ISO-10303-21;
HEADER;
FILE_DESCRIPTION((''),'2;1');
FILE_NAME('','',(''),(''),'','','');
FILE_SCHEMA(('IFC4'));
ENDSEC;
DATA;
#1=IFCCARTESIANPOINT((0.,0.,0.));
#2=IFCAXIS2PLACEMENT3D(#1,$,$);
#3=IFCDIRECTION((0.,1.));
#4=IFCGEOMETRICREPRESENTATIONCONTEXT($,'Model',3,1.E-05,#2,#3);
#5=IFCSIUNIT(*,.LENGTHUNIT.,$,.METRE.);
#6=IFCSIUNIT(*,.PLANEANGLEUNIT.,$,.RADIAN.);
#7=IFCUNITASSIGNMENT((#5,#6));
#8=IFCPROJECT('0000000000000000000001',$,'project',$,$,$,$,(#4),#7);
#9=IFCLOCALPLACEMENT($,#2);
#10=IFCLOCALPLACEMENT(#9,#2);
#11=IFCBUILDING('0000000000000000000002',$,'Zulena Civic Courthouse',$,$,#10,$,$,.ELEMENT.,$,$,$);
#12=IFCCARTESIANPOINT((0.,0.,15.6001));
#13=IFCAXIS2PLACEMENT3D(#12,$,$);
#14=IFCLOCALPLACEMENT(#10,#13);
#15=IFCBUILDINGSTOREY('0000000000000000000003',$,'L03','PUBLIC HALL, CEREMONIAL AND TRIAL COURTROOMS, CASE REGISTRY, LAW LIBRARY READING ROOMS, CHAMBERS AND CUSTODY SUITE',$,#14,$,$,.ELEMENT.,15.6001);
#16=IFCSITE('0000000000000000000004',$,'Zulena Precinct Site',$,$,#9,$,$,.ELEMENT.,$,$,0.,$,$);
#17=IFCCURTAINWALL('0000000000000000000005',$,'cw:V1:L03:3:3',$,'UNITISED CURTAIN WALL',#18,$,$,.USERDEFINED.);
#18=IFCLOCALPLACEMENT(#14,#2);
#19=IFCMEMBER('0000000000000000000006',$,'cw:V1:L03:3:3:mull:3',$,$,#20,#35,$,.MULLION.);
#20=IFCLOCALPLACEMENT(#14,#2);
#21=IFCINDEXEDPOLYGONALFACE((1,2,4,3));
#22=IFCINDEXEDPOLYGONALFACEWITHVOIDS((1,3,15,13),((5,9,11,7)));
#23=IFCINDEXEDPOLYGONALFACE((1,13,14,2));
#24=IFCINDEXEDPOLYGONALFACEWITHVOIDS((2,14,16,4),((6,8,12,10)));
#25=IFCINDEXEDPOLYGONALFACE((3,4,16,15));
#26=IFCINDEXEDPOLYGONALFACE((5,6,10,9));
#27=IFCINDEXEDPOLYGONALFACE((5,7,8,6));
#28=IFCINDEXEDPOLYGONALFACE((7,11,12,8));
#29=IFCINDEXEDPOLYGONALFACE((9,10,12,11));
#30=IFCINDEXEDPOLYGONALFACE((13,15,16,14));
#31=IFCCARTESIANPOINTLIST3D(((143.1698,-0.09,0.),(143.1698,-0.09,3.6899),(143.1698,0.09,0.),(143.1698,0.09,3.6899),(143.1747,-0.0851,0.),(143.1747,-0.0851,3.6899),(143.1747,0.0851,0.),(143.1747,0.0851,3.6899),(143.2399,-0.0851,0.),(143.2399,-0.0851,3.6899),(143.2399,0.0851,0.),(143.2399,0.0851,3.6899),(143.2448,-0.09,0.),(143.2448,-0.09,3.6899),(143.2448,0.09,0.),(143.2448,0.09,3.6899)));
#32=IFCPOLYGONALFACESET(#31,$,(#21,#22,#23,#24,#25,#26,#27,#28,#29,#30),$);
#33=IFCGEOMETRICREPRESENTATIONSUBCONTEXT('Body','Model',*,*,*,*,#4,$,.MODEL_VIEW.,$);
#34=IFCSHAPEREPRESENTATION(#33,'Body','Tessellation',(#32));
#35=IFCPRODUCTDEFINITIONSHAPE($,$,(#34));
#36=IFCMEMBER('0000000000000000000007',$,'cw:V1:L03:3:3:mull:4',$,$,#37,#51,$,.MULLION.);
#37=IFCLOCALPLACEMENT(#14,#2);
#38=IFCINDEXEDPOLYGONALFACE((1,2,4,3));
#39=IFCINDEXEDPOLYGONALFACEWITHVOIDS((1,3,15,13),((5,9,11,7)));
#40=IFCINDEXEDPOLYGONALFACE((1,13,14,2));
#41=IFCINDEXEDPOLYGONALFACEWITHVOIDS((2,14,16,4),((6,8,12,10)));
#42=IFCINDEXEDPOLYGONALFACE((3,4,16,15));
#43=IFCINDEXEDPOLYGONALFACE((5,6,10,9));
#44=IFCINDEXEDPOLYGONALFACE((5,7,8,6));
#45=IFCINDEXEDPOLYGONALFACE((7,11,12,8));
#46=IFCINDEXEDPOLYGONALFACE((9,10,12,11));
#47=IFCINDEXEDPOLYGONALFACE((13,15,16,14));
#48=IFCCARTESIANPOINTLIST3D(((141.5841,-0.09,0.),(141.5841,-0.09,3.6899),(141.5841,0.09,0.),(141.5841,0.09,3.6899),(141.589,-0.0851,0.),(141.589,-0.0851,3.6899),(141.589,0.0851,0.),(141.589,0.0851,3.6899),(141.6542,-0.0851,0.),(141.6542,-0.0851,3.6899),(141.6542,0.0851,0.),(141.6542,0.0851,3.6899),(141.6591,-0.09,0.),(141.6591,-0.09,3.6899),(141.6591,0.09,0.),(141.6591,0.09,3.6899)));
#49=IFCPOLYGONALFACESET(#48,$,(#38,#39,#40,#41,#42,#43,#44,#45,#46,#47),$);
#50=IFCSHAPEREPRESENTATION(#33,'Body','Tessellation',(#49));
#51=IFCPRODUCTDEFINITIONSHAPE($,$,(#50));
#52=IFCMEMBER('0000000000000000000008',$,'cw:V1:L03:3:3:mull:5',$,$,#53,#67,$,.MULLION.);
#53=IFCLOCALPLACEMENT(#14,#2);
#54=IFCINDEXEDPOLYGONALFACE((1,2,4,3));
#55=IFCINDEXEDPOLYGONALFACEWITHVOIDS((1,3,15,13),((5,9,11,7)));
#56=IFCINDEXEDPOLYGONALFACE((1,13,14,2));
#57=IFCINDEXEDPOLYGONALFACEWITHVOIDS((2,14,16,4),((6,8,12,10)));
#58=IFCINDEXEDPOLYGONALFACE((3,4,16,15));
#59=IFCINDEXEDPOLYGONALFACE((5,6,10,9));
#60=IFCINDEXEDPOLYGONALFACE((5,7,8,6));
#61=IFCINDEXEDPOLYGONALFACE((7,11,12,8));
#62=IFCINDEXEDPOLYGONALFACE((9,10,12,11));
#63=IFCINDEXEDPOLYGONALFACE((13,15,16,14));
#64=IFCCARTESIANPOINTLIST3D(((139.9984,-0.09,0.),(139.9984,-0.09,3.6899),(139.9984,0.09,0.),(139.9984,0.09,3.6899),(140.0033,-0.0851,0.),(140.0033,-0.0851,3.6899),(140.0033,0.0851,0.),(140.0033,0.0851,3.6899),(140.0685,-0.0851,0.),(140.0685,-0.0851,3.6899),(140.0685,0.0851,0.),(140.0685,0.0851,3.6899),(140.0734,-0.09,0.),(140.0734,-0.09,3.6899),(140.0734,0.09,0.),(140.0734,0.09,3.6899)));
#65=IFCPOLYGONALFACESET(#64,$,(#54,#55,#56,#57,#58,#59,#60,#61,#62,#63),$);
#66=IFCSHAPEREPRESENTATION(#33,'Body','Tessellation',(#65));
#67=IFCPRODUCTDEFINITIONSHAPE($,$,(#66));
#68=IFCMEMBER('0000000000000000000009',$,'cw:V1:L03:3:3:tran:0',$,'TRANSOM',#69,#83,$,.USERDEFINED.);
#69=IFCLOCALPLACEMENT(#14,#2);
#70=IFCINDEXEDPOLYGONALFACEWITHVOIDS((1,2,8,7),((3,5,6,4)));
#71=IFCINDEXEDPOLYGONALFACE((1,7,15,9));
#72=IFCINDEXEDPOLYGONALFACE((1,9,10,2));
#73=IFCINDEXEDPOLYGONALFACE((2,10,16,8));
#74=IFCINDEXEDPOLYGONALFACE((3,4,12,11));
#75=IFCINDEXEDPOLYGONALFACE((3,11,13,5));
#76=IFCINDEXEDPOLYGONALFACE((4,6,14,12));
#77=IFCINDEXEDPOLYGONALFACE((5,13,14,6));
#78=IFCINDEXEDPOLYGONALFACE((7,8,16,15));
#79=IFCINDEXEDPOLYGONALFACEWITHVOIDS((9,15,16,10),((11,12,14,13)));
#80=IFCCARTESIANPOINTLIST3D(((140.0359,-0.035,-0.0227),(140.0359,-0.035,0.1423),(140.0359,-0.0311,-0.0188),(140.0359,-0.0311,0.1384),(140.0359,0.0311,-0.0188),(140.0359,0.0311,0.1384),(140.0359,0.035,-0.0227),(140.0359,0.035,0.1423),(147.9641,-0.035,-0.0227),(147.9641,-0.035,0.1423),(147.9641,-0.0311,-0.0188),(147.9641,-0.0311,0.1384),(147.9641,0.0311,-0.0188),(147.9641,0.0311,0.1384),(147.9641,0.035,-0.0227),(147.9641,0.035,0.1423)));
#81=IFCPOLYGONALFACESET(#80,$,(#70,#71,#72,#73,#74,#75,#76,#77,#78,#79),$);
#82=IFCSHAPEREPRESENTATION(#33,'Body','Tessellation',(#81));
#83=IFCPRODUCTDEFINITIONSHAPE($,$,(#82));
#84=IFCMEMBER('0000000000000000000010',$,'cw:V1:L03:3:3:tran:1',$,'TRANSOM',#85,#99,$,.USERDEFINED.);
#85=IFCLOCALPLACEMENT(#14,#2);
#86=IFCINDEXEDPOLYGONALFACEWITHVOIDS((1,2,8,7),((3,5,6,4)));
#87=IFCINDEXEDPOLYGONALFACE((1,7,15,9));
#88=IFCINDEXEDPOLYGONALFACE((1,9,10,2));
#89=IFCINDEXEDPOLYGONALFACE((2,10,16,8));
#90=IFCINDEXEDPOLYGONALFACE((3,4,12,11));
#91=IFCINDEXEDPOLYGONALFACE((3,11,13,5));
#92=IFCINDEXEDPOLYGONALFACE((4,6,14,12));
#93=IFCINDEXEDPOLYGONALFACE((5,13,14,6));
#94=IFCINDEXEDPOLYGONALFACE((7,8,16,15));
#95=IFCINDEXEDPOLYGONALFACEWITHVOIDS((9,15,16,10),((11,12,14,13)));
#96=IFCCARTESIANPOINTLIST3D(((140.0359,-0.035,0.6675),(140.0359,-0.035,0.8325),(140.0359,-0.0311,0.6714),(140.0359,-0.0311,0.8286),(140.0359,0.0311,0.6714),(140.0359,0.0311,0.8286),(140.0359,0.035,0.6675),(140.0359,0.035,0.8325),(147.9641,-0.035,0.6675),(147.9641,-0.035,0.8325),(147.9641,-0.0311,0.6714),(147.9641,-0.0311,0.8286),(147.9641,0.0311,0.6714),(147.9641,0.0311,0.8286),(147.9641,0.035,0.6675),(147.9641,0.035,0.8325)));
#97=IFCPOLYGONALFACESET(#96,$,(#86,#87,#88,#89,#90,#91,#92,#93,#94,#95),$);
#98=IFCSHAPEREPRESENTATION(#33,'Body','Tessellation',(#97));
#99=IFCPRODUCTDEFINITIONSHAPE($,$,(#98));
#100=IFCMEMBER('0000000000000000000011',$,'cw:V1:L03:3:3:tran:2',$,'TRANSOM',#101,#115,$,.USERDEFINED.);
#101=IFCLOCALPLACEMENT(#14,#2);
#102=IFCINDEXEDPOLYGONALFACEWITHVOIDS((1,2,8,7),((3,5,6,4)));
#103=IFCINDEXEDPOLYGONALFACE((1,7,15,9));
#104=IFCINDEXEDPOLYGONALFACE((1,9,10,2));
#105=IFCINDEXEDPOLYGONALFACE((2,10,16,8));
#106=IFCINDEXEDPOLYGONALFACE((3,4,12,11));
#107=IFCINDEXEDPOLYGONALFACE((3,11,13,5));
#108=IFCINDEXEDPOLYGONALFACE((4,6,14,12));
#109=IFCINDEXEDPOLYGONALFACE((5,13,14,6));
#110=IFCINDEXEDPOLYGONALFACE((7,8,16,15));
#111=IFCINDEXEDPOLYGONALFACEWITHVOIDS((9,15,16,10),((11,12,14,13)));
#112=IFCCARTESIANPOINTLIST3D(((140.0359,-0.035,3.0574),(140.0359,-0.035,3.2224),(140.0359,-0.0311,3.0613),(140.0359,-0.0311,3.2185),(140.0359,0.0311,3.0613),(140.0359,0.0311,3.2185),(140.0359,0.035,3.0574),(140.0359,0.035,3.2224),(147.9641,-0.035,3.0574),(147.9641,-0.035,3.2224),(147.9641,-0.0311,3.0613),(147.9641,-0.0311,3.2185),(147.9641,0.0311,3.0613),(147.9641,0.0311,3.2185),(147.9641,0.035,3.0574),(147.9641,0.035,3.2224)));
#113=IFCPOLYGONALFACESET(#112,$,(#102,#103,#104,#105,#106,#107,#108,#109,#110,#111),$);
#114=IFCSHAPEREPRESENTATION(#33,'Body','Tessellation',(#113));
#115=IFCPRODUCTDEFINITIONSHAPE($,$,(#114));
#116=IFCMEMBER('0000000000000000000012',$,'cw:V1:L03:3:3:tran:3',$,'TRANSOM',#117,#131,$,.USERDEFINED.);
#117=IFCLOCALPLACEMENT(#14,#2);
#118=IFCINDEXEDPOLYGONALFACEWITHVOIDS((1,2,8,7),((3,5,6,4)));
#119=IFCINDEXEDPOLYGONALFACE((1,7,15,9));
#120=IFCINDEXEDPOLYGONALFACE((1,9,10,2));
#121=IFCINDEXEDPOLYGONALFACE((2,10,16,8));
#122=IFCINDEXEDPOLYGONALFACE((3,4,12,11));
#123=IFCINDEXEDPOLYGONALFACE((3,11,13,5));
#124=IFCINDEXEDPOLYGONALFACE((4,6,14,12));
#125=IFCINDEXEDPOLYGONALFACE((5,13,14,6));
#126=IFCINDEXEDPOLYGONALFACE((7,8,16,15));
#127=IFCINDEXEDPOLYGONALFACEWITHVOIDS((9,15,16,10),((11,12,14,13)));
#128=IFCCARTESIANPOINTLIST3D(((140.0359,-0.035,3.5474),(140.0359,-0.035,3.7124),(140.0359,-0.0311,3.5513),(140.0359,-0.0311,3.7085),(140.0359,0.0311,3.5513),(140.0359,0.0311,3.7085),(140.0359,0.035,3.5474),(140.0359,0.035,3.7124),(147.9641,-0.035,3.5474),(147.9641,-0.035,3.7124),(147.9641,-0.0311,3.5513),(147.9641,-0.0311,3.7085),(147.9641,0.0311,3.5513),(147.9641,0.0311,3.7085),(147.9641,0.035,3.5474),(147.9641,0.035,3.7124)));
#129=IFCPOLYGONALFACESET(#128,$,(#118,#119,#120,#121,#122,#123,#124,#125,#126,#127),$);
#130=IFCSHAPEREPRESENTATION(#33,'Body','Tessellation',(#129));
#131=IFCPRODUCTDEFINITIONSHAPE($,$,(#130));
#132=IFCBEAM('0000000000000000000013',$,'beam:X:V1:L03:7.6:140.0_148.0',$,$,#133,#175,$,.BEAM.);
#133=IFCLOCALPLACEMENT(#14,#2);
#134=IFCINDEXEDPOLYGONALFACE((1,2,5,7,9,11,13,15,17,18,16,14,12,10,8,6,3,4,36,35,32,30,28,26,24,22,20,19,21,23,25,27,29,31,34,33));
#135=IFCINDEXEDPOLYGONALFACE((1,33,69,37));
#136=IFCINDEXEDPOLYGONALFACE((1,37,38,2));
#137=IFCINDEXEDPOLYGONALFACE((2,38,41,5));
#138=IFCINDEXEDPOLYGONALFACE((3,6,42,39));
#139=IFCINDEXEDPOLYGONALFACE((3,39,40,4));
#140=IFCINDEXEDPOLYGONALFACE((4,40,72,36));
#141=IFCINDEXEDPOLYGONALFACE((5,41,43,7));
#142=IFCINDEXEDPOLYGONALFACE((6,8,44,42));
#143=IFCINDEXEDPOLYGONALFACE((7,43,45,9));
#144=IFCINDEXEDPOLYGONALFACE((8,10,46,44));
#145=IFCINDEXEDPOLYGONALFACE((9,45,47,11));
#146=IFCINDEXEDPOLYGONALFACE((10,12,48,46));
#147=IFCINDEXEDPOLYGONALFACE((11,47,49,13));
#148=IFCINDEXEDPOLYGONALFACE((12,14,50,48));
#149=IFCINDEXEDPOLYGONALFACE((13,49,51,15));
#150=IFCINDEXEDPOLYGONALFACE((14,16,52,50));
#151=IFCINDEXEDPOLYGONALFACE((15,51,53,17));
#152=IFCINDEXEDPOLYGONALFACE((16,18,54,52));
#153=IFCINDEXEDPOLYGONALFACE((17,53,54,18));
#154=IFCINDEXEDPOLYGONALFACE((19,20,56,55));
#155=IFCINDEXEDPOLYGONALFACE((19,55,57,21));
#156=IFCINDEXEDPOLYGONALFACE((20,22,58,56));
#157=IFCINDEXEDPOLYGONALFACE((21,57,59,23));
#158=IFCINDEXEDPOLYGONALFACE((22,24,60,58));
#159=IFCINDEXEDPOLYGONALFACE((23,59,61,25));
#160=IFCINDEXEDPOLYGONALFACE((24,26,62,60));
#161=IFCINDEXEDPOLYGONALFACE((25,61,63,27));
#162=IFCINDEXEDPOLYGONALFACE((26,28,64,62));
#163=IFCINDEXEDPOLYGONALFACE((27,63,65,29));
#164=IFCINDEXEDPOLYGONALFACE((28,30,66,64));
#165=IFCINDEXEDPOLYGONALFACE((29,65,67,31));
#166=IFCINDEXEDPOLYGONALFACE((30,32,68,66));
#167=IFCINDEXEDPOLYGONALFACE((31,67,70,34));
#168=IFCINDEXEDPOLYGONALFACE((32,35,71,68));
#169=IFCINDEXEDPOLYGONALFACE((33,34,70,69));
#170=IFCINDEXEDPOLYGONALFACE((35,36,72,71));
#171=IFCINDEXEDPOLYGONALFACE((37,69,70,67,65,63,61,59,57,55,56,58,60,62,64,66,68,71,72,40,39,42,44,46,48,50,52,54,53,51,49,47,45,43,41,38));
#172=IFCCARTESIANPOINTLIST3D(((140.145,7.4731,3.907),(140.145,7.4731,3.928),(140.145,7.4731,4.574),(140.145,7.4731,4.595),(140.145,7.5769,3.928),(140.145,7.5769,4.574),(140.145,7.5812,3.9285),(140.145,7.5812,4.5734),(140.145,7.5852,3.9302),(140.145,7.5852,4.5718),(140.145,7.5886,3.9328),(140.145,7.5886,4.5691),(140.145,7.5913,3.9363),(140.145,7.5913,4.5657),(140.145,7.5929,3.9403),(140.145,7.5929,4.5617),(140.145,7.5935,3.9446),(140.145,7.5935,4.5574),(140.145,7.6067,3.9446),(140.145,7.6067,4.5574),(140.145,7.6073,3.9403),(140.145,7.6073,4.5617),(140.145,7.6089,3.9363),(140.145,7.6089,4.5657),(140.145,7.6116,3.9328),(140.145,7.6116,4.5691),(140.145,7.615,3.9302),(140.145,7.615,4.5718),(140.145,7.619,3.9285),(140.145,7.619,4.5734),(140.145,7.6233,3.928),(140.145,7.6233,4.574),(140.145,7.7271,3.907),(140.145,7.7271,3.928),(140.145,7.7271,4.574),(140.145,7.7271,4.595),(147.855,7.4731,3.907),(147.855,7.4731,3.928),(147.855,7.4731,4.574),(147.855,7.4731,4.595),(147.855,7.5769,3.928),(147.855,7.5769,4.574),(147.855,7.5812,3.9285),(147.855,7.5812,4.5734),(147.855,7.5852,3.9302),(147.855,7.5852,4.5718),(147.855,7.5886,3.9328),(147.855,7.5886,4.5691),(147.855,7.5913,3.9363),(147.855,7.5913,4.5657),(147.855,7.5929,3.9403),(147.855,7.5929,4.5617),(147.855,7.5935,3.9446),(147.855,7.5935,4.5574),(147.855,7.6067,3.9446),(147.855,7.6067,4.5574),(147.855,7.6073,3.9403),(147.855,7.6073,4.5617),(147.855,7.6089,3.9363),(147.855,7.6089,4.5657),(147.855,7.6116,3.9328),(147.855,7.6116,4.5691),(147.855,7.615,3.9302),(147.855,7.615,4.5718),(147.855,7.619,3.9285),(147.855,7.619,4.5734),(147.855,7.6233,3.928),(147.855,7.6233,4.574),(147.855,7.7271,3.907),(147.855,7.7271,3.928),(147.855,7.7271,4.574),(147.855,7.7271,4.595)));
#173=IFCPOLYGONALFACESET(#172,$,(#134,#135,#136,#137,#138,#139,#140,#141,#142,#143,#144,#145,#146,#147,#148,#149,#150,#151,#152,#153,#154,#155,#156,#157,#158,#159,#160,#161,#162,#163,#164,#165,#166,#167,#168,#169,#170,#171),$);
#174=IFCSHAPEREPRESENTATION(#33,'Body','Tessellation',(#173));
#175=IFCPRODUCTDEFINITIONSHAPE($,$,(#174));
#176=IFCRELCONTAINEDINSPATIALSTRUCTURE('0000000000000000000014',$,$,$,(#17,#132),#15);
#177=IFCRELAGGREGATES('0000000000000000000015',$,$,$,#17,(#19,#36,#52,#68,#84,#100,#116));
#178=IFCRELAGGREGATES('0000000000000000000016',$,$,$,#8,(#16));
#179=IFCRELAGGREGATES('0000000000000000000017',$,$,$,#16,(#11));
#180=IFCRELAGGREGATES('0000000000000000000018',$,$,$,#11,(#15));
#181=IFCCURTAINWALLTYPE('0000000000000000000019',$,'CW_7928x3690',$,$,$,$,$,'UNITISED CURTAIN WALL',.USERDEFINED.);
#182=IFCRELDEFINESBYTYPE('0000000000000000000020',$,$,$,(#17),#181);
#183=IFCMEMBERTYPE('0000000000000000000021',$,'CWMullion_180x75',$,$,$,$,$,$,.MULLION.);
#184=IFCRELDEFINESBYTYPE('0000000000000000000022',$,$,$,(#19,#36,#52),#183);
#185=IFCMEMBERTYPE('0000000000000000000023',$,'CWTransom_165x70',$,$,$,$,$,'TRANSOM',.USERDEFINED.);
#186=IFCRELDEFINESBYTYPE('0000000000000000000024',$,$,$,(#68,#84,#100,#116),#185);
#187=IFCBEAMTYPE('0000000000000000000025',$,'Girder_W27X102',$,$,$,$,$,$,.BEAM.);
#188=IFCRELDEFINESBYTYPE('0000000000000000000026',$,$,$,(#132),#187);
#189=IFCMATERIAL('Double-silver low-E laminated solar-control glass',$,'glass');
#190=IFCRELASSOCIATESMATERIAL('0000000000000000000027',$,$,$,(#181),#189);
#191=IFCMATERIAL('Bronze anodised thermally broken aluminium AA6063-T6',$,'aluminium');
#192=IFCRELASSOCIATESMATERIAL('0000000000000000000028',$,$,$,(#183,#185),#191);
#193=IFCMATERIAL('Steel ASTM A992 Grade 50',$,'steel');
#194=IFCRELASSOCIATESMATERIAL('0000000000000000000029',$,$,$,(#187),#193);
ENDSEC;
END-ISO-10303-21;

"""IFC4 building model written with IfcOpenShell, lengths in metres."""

from ifc_helpers import new_model, si_unit, direction, frame, origin, origin_2d, place, context, subcontext, project, spatial, hollow_rectangle, i_section, extrude, material, material_profile, profile_set, type_object, element, aggregate, save


model = new_model("IFC4")

# Units and contexts
model_context = context("Model", 3, precision=1e-05, world=origin(), true_north=direction((0.0, 1.0)))
body_context = subcontext(model_context, "Body", "Model", "MODEL_VIEW")
ifc_project = project(units=[si_unit("LENGTHUNIT", "METRE"), si_unit("PLANEANGLEUNIT", "RADIAN")], contexts=[model_context])

# Site, building, storey
site_placement = place(None, origin())
site = spatial("IfcSite", under=ifc_project, at=site_placement, Name="Zulena Precinct Site", CompositionType="ELEMENT", RefElevation=0.0)
building_placement = place(site_placement, origin())
building = spatial("IfcBuilding", under=site, at=building_placement, Name="Zulena Civic Courthouse", CompositionType="ELEMENT")
storey_placement = place(building_placement, frame((0.0, 0.0, 15.6001)))
storey = spatial("IfcBuildingStorey", under=building, at=storey_placement, Name="L03", Description="PUBLIC HALL, CEREMONIAL AND TRIAL COURTROOMS, CASE REGISTRY, LAW LIBRARY READING ROOMS, CHAMBERS AND CUSTODY SUITE", CompositionType="ELEMENT", Elevation=15.6001)

# Shared definitions
ifc_material_1 = material(Name="Steel ASTM A992 Grade 50", Category="steel")

# Curtain wall, members
ifc_material_2 = material(Name="Double-silver low-E laminated solar-control glass", Category="glass")
curtain_wall_type = type_object("IfcCurtainWallType", Name="CW_7928x3690", ElementType="UNITISED CURTAIN WALL", PredefinedType="USERDEFINED", material=ifc_material_2)
curtain_wall_placement = place(storey_placement, origin())
curtain_wall = element("IfcCurtainWall", 1, at=curtain_wall_placement, inside=storey, type_object=curtain_wall_type, Name="cw:V1:L03:3:3", ObjectType="UNITISED CURTAIN WALL", PredefinedType="USERDEFINED")
ifc_material_3 = material(Name="Bronze anodised thermally broken aluminium AA6063-T6", Category="aluminium")
ifc_material_profile_1 = material_profile(ifc_material_3, hollow_rectangle(XDim=0.075, YDim=0.1799, WallThickness=0.0049, at=origin_2d()), Name="CWM180X75X5")
ifc_profile_set_1 = profile_set([ifc_material_profile_1], Name="Bronze anodised thermally broken aluminium AA6063-T6")
member_type_1 = type_object("IfcMemberType", Name="CWMullion_180x75", PredefinedType="MULLION", material=ifc_profile_set_1)
member_1_placement = place(storey_placement, frame((143.2073, 0.0, 0.0), z_axis=(0.0, 0.0, 1.0), x_axis=(1.0, 0.0, 0.0)))
member_1 = element("IfcMember", 2, at=member_1_placement, type_object=member_type_1, Name="cw:V1:L03:3:3:mull:3", PredefinedType="MULLION", context=body_context, shape_type="SweptSolid", body=[
    extrude(hollow_rectangle(XDim=0.075, YDim=0.1799, WallThickness=0.0049, at=origin_2d()), origin(), (0.0, 0.0, 1.0), 3.6899),
])
member_2_placement = place(storey_placement, frame((141.6216, 0.0, 0.0), z_axis=(0.0, 0.0, 1.0), x_axis=(1.0, 0.0, 0.0)))
member_2 = element("IfcMember", 3, at=member_2_placement, type_object=member_type_1, Name="cw:V1:L03:3:3:mull:4", PredefinedType="MULLION", context=body_context, shape_type="SweptSolid", body=[
    extrude(hollow_rectangle(XDim=0.075, YDim=0.1799, WallThickness=0.0049, at=origin_2d()), origin(), (0.0, 0.0, 1.0), 3.6899),
])
member_3_placement = place(storey_placement, frame((140.0359, 0.0, 0.0), z_axis=(0.0, 0.0, 1.0), x_axis=(1.0, 0.0, 0.0)))
member_3 = element("IfcMember", 4, at=member_3_placement, type_object=member_type_1, Name="cw:V1:L03:3:3:mull:5", PredefinedType="MULLION", context=body_context, shape_type="SweptSolid", body=[
    extrude(hollow_rectangle(XDim=0.075, YDim=0.1799, WallThickness=0.0049, at=origin_2d()), origin(), (0.0, 0.0, 1.0), 3.6899),
])
ifc_material_profile_2 = material_profile(ifc_material_3, hollow_rectangle(XDim=0.0701, YDim=0.165, WallThickness=0.0039, at=origin_2d()), Name="CWT165X70X4")
ifc_profile_set_2 = profile_set([ifc_material_profile_2], Name="Bronze anodised thermally broken aluminium AA6063-T6")
member_type_2 = type_object("IfcMemberType", Name="CWTransom_165x70", ElementType="TRANSOM", PredefinedType="USERDEFINED", material=ifc_profile_set_2)
member_4_placement = place(storey_placement, frame((147.9641, 0.0, 0.0598), z_axis=(-1.0, 0.0, 0.0), x_axis=(0.0, -1.0, 0.0)))
member_4 = element("IfcMember", 5, at=member_4_placement, type_object=member_type_2, Name="cw:V1:L03:3:3:tran:0", ObjectType="TRANSOM", PredefinedType="USERDEFINED", context=body_context, shape_type="SweptSolid", body=[
    extrude(hollow_rectangle(XDim=0.0701, YDim=0.165, WallThickness=0.0039, at=origin_2d()), origin(), (0.0, 0.0, 1.0), 7.9282),
])
member_5_placement = place(storey_placement, frame((147.9641, 0.0, 0.75), z_axis=(-1.0, 0.0, 0.0), x_axis=(0.0, -1.0, 0.0)))
member_5 = element("IfcMember", 6, at=member_5_placement, type_object=member_type_2, Name="cw:V1:L03:3:3:tran:1", ObjectType="TRANSOM", PredefinedType="USERDEFINED", context=body_context, shape_type="SweptSolid", body=[
    extrude(hollow_rectangle(XDim=0.0701, YDim=0.165, WallThickness=0.0039, at=origin_2d()), origin(), (0.0, 0.0, 1.0), 7.9282),
])
member_6_placement = place(storey_placement, frame((147.9641, 0.0, 3.1399), z_axis=(-1.0, 0.0, 0.0), x_axis=(0.0, -1.0, 0.0)))
member_6 = element("IfcMember", 7, at=member_6_placement, type_object=member_type_2, Name="cw:V1:L03:3:3:tran:2", ObjectType="TRANSOM", PredefinedType="USERDEFINED", context=body_context, shape_type="SweptSolid", body=[
    extrude(hollow_rectangle(XDim=0.0701, YDim=0.165, WallThickness=0.0039, at=origin_2d()), origin(), (0.0, 0.0, 1.0), 7.9282),
])
member_7_placement = place(storey_placement, frame((147.9641, 0.0, 3.6299), z_axis=(-1.0, 0.0, 0.0), x_axis=(0.0, -1.0, 0.0)))
member_7 = element("IfcMember", 8, at=member_7_placement, type_object=member_type_2, Name="cw:V1:L03:3:3:tran:3", ObjectType="TRANSOM", PredefinedType="USERDEFINED", context=body_context, shape_type="SweptSolid", body=[
    extrude(hollow_rectangle(XDim=0.0701, YDim=0.165, WallThickness=0.0039, at=origin_2d()), origin(), (0.0, 0.0, 1.0), 7.9282),
])

# Beam
ifc_material_profile_3 = material_profile(ifc_material_1, i_section(OverallWidth=0.2539, OverallDepth=0.688, WebThickness=0.0132, FlangeThickness=0.021, FilletRadius=0.0166, at=origin_2d()), Name="W27X102")
ifc_profile_set_3 = profile_set([ifc_material_profile_3], Name="Steel ASTM A992 Grade 50")
beam_type_1 = type_object("IfcBeamType", Name="Girder_W27X102", PredefinedType="BEAM", material=ifc_profile_set_3)
beam_1_placement = place(storey_placement, frame((140.145, 7.6001, 4.251), z_axis=(1.0, 0.0, 0.0), x_axis=(0.0, 1.0, 0.0)))
element("IfcBeam", 9, at=beam_1_placement, inside=storey, type_object=beam_type_1, Name="beam:X:V1:L03:7.6:140.0_148.0", PredefinedType="BEAM", context=body_context, shape_type="SweptSolid", body=[
    extrude(i_section(OverallWidth=0.2539, OverallDepth=0.688, WebThickness=0.0132, FlangeThickness=0.021, FilletRadius=0.0166, at=origin_2d()), origin(), (0.0, 0.0, 1.0), 7.71),
])

aggregate(curtain_wall, [member_1, member_2, member_3, member_4, member_5, member_6, member_7])

save(model, "model.ifc")
